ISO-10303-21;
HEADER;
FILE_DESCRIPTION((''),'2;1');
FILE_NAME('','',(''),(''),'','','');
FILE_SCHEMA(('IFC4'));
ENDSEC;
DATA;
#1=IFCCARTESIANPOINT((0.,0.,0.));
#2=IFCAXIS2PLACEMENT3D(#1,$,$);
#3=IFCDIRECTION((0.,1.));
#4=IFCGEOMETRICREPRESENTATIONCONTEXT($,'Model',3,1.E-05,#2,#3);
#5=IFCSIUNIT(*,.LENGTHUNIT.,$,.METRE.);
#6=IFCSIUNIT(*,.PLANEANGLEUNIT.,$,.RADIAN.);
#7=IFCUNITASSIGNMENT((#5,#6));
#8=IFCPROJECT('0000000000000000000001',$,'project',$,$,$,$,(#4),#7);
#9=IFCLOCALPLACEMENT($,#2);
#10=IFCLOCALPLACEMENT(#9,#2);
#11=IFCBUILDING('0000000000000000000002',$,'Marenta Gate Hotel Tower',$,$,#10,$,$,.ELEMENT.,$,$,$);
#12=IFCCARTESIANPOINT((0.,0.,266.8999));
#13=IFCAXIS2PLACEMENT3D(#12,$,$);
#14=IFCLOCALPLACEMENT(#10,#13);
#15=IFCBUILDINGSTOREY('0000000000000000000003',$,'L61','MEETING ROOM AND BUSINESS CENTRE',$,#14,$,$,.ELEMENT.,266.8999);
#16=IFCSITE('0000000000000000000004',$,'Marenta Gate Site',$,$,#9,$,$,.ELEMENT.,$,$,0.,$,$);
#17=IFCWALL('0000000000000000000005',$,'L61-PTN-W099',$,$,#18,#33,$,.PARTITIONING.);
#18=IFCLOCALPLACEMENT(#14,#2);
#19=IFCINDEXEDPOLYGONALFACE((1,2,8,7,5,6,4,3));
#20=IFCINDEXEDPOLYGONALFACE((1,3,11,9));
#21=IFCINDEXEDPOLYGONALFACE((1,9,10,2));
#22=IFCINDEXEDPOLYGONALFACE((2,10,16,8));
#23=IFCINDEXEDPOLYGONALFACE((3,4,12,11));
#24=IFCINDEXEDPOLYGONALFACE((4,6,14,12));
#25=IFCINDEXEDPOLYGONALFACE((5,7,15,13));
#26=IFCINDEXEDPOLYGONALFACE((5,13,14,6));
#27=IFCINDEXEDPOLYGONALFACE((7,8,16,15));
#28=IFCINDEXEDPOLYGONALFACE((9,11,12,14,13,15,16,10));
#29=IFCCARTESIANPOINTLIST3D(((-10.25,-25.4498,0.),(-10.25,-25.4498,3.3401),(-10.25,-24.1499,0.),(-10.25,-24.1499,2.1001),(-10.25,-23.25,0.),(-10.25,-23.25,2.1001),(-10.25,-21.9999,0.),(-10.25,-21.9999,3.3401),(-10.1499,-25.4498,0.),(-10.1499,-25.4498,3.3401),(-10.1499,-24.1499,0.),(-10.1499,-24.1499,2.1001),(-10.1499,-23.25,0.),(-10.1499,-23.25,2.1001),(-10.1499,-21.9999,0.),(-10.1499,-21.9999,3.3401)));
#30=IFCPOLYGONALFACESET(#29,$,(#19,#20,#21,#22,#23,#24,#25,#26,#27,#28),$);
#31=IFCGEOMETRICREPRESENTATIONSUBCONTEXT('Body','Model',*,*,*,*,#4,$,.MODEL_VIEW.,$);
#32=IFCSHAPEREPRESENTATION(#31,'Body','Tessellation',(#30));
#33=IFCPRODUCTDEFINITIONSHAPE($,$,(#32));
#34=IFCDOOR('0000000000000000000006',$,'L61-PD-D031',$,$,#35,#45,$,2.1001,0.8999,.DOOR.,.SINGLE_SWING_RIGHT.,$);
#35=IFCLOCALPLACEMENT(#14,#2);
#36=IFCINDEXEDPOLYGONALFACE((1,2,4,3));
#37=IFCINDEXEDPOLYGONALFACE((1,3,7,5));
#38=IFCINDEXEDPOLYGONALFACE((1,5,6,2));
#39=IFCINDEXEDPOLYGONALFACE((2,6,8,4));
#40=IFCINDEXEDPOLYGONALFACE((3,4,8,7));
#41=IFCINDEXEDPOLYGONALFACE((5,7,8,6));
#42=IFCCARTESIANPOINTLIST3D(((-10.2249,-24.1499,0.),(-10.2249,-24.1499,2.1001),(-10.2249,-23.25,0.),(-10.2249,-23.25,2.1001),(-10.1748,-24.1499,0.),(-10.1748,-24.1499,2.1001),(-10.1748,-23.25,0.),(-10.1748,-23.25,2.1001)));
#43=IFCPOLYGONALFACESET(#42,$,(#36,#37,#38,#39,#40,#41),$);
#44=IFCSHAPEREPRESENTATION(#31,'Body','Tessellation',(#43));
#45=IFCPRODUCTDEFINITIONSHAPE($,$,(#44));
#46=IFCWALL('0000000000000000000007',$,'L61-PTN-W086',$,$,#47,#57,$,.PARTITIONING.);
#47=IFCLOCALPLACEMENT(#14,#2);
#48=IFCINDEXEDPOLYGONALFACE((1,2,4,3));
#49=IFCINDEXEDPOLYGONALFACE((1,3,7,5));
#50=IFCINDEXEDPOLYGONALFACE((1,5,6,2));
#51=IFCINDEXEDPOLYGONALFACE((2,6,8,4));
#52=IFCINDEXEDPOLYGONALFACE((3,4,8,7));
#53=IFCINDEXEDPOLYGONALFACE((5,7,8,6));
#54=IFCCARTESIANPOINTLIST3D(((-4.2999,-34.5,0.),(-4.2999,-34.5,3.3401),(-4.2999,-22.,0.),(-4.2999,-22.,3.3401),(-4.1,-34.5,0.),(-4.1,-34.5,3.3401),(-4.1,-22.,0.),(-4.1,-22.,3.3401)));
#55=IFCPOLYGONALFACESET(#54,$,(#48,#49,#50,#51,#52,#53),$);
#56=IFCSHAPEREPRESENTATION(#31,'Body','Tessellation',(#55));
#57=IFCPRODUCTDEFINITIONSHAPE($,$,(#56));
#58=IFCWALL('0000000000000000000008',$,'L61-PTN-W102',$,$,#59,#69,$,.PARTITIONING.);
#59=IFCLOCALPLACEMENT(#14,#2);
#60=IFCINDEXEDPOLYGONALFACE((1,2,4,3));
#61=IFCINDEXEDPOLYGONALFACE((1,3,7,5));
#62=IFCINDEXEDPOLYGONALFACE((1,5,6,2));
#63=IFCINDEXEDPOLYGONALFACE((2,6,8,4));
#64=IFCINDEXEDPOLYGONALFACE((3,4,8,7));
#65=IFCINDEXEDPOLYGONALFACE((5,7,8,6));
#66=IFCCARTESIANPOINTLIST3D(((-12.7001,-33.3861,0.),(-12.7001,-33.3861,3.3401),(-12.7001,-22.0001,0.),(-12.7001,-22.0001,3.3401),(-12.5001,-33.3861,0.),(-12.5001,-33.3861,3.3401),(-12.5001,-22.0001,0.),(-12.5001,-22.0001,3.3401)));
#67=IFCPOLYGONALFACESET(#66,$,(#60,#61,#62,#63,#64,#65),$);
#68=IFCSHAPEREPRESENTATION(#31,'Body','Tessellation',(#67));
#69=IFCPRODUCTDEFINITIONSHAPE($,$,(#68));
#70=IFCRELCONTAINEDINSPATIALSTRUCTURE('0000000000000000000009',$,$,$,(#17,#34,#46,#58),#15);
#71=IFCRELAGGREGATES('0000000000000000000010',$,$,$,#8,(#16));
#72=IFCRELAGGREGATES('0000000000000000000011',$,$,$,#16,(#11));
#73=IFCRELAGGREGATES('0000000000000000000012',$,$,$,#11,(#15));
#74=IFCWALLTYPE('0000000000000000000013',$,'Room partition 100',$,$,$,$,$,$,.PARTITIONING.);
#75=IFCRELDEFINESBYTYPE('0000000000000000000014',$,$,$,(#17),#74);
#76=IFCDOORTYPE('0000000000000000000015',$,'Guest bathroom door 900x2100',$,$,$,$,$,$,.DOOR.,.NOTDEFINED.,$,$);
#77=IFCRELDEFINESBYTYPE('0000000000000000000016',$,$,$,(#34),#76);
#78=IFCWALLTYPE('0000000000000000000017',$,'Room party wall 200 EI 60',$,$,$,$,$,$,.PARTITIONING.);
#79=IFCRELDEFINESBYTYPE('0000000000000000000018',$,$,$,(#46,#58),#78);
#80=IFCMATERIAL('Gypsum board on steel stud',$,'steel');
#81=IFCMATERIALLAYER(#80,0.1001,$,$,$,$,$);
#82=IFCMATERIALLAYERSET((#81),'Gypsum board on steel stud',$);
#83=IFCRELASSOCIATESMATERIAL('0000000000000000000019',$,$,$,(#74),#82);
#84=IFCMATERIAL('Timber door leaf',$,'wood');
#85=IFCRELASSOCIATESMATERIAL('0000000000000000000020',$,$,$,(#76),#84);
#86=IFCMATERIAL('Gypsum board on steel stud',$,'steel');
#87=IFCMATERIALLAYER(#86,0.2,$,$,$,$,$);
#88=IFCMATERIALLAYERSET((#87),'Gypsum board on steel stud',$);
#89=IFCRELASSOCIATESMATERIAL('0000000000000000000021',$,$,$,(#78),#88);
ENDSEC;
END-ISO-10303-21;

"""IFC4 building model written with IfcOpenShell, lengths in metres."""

from ifc_helpers import new_model, si_unit, direction, frame, frame_2d, origin, place, context, subcontext, project, spatial, rectangle, extrude, material, layer, layer_set, type_object, element, fill, save


model = new_model("IFC4")

# Units and contexts
model_context = context("Model", 3, precision=1e-05, world=origin(), true_north=direction((0.0, 1.0)))
body_context = subcontext(model_context, "Body", "Model", "MODEL_VIEW")
ifc_project = project(units=[si_unit("LENGTHUNIT", "METRE"), si_unit("PLANEANGLEUNIT", "RADIAN")], contexts=[model_context])

# Site, building, storey
site_placement = place(None, origin())
site = spatial("IfcSite", under=ifc_project, at=site_placement, Name="Marenta Gate Site", CompositionType="ELEMENT", RefElevation=0.0)
building_placement = place(site_placement, origin())
building = spatial("IfcBuilding", under=site, at=building_placement, Name="Marenta Gate Hotel Tower", CompositionType="ELEMENT")
storey_placement = place(building_placement, frame((0.0, 0.0, 266.8999)))
storey = spatial("IfcBuildingStorey", under=building, at=storey_placement, Name="L61", Description="MEETING ROOM AND BUSINESS CENTRE", CompositionType="ELEMENT", Elevation=266.8999)

# Shared definitions
ifc_material_1 = material(Name="Gypsum board on steel stud", Category="steel")
ifc_layer_1 = layer(ifc_material_1, 0.1001)
ifc_layer_set_1 = layer_set([ifc_layer_1], Name="Gypsum board on steel stud")
wall_type_1 = type_object("IfcWallType", Name="Room partition 100", PredefinedType="PARTITIONING", material=ifc_layer_set_1)

# Wall, opening, door
wall_1_placement = place(storey_placement, frame((-10.2, -25.45, 0.0), z_axis=(0.0, 0.0, 1.0), x_axis=(0.0, 1.0, 0.0)))
wall_1 = element("IfcWall", 1, at=wall_1_placement, inside=storey, type_object=wall_type_1, Name="L61-PTN-W099", PredefinedType="PARTITIONING", context=body_context, shape_type="SweptSolid", body=[
    extrude(rectangle(XDim=3.45, YDim=0.1001, at=frame_2d((1.7251, 0.0))), origin(), (0.0, 0.0, 1.0), 3.3401),
])
opening_1_placement = place(wall_1_placement, frame((1.3, 0.0, 0.0)))
opening_1 = element("IfcOpeningElement", 2, at=opening_1_placement, cuts=wall_1, PredefinedType="OPENING", context=body_context, shape_type="SweptSolid", body=[
    extrude(rectangle(XDim=0.8999, YDim=2.1001, at=frame_2d((0.45, 1.05))), frame((0.0, 0.05, 0.0), z_axis=(0.0, -1.0, 0.0), x_axis=(1.0, 0.0, 0.0)), (0.0, 0.0, 1.0), 0.1001),
])
ifc_material_2 = material(Name="Timber door leaf", Category="wood")
door_type_1 = type_object("IfcDoorType", Name="Guest bathroom door 900x2100", OperationType="NOTDEFINED", PredefinedType="DOOR", material=ifc_material_2)
door_1_placement = place(opening_1_placement, origin())
door_1 = element("IfcDoor", 3, at=door_1_placement, inside=storey, type_object=door_type_1, Name="L61-PD-D031", OperationType="SINGLE_SWING_RIGHT", OverallHeight=2.1001, OverallWidth=0.8999, PredefinedType="DOOR", context=body_context, shape_type="SweptSolid", body=[
    extrude(rectangle(XDim=0.8999, YDim=2.1001, at=frame_2d((0.45, 1.05))), frame((0.0, 0.0249, 0.0), z_axis=(0.0, -1.0, 0.0), x_axis=(1.0, 0.0, 0.0)), (0.0, 0.0, 1.0), 0.05),
])
fill(opening_1, door_1)

# Walls
ifc_material_3 = material(Name="Gypsum board on steel stud", Category="steel")
ifc_layer_2 = layer(ifc_material_3, 0.2)
ifc_layer_set_2 = layer_set([ifc_layer_2], Name="Gypsum board on steel stud")
wall_type_2 = type_object("IfcWallType", Name="Room party wall 200 EI 60", PredefinedType="PARTITIONING", material=ifc_layer_set_2)
wall_2_placement = place(storey_placement, frame((-4.2, -34.5, 0.0), z_axis=(0.0, 0.0, 1.0), x_axis=(0.0, 1.0, 0.0)))
element("IfcWall", 4, at=wall_2_placement, inside=storey, type_object=wall_type_2, Name="L61-PTN-W086", PredefinedType="PARTITIONING", context=body_context, shape_type="SweptSolid", body=[
    extrude(rectangle(XDim=12.5, YDim=0.2, at=frame_2d((6.25, 0.0))), origin(), (0.0, 0.0, 1.0), 3.3401),
])
wall_3_placement = place(storey_placement, frame((-12.6001, -33.386, 0.0), z_axis=(0.0, 0.0, 1.0), x_axis=(0.0, 1.0, 0.0)))
element("IfcWall", 5, at=wall_3_placement, inside=storey, type_object=wall_type_2, Name="L61-PTN-W102", PredefinedType="PARTITIONING", context=body_context, shape_type="SweptSolid", body=[
    extrude(rectangle(XDim=11.386, YDim=0.2, at=frame_2d((5.6929, 0.0))), origin(), (0.0, 0.0, 1.0), 3.3401),
])

save(model, "model.ifc")
